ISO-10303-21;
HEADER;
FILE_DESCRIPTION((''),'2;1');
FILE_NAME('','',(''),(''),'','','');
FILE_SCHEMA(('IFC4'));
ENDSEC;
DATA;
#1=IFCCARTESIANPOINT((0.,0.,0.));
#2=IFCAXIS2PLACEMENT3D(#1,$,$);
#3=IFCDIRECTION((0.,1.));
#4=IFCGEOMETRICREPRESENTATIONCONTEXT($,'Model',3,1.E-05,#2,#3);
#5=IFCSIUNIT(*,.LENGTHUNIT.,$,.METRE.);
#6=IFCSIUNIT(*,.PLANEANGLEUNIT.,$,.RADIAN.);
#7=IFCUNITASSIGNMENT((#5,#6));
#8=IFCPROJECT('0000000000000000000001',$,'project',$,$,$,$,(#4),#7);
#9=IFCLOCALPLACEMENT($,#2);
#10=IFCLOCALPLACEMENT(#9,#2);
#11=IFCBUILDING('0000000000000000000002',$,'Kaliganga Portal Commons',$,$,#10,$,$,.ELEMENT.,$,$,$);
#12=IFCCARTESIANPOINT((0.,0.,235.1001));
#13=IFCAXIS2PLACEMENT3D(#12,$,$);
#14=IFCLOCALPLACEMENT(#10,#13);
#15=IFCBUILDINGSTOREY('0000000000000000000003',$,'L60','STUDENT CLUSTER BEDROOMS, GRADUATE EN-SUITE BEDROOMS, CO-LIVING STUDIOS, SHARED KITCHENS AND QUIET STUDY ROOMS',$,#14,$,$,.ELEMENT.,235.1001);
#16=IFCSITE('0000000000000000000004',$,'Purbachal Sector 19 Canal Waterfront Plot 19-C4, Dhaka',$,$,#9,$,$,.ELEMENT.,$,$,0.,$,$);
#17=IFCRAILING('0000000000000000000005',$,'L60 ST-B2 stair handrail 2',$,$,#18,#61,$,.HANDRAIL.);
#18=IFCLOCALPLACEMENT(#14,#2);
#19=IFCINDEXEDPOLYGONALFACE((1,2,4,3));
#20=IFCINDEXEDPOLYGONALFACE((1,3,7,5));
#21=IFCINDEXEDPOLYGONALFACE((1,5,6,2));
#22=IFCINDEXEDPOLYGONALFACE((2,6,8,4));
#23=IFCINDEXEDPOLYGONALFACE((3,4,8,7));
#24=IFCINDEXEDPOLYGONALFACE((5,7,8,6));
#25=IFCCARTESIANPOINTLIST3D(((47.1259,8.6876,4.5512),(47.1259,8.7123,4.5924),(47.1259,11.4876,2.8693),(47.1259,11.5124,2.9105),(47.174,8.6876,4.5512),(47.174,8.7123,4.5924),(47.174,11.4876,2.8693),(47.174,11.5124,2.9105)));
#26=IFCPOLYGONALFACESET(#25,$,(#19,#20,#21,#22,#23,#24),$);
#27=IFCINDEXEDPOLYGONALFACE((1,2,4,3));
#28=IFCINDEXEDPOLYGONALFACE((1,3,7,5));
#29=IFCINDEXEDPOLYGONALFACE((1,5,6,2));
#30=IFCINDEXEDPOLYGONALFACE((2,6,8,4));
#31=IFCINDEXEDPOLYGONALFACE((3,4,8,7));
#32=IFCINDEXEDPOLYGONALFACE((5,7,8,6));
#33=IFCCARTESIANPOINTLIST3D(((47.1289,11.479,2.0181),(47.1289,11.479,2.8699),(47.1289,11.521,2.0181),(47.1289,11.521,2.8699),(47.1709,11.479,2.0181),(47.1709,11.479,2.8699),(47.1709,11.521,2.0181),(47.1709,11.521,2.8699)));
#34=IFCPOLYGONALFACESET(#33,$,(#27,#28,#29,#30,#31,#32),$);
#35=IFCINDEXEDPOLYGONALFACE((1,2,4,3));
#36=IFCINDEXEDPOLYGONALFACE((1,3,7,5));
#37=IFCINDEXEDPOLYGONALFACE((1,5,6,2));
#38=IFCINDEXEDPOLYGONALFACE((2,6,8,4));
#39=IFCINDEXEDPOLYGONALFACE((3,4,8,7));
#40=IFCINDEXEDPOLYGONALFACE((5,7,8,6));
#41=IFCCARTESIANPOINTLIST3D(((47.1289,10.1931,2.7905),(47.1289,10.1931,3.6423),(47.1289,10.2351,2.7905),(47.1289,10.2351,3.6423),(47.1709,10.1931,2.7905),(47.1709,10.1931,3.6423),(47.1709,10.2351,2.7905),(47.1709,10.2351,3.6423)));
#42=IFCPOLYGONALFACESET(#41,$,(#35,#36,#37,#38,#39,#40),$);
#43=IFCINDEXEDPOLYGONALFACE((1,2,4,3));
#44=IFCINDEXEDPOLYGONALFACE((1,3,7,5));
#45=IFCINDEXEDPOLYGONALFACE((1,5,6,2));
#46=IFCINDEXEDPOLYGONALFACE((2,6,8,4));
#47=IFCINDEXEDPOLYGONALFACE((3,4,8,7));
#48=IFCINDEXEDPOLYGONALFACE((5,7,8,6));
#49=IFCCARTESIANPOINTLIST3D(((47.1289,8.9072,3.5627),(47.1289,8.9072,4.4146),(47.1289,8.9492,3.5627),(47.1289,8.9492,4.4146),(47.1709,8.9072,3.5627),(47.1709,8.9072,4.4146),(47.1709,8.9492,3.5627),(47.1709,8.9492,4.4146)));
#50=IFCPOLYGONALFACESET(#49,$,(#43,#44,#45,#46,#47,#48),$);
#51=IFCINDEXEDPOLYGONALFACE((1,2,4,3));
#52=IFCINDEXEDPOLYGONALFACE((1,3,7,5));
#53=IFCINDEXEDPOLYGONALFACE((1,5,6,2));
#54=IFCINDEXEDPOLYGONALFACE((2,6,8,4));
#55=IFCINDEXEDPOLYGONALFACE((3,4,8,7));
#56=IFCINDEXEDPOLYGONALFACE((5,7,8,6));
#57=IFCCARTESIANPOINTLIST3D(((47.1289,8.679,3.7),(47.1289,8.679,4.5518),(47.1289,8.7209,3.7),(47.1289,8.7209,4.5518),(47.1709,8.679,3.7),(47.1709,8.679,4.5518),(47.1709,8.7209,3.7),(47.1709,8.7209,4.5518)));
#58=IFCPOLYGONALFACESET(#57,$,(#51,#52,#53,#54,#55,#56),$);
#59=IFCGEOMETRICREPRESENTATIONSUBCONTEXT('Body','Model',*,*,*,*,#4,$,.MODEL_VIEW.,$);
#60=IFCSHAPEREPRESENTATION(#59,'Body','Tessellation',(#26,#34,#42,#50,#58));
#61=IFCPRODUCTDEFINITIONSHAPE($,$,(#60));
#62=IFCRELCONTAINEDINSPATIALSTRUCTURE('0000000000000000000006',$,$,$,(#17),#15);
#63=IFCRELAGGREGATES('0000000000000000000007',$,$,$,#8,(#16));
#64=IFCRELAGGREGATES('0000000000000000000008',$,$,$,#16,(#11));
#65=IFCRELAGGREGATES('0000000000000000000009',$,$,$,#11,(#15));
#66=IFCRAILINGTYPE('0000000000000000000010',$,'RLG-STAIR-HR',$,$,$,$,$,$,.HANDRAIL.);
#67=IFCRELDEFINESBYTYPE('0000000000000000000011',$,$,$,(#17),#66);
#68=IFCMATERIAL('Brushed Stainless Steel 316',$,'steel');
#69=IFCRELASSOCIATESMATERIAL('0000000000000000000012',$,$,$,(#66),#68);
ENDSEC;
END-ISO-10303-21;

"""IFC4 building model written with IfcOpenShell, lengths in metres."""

from ifc_helpers import new_model, si_unit, direction, frame, origin, origin_2d, place, context, subcontext, project, spatial, rectangle, extrude, material, type_object, element, save


model = new_model("IFC4")

# Units and contexts
model_context = context("Model", 3, precision=1e-05, world=origin(), true_north=direction((0.0, 1.0)))
body_context = subcontext(model_context, "Body", "Model", "MODEL_VIEW")
ifc_project = project(units=[si_unit("LENGTHUNIT", "METRE"), si_unit("PLANEANGLEUNIT", "RADIAN")], contexts=[model_context])

# Site, building, storey
site_placement = place(None, origin())
site = spatial("IfcSite", under=ifc_project, at=site_placement, Name="Purbachal Sector 19 Canal Waterfront Plot 19-C4, Dhaka", CompositionType="ELEMENT", RefElevation=0.0)
building_placement = place(site_placement, origin())
building = spatial("IfcBuilding", under=site, at=building_placement, Name="Kaliganga Portal Commons", CompositionType="ELEMENT")
storey_placement = place(building_placement, frame((0.0, 0.0, 235.1001)))
storey = spatial("IfcBuildingStorey", under=building, at=storey_placement, Name="L60", Description="STUDENT CLUSTER BEDROOMS, GRADUATE EN-SUITE BEDROOMS, CO-LIVING STUDIOS, SHARED KITCHENS AND QUIET STUDY ROOMS", CompositionType="ELEMENT", Elevation=235.1001)

# Railing
ifc_material_1 = material(Name="Brushed Stainless Steel 316", Category="steel")
railing_type_1 = type_object("IfcRailingType", Name="RLG-STAIR-HR", PredefinedType="HANDRAIL", material=ifc_material_1)
for number, where, name in (
    (1, (47.1499, 11.5, 2.0181), "L60 ST-B2 stair handrail 2"),
):
    element("IfcRailing", number, at=place(storey_placement, frame(where)), inside=storey, type_object=railing_type_1, Name=name, PredefinedType="HANDRAIL", context=body_context, shape_type="SweptSolid", body=[
        extrude(rectangle(XDim=0.0481, YDim=0.0481, at=origin_2d()), frame((0.0, 0.0, 0.8718), z_axis=(0.0, -0.857242, 0.514913), x_axis=(1.0, 0.0, 0.0)), (0.0, 0.0, 1.0), 3.2664),
        extrude(rectangle(XDim=0.042, YDim=0.042, at=origin_2d()), origin(), (0.0, 0.0, 1.0), 0.8518),
        extrude(rectangle(XDim=0.042, YDim=0.042, at=origin_2d()), frame((0.0, -1.2859, 0.7725)), (0.0, 0.0, 1.0), 0.8518),
        extrude(rectangle(XDim=0.042, YDim=0.042, at=origin_2d()), frame((0.0, -2.5718, 1.5447)), (0.0, 0.0, 1.0), 0.8518),
        extrude(rectangle(XDim=0.042, YDim=0.042, at=origin_2d()), frame((0.0, -2.8, 1.6819)), (0.0, 0.0, 1.0), 0.8518),
    ])

save(model, "model.ifc")
